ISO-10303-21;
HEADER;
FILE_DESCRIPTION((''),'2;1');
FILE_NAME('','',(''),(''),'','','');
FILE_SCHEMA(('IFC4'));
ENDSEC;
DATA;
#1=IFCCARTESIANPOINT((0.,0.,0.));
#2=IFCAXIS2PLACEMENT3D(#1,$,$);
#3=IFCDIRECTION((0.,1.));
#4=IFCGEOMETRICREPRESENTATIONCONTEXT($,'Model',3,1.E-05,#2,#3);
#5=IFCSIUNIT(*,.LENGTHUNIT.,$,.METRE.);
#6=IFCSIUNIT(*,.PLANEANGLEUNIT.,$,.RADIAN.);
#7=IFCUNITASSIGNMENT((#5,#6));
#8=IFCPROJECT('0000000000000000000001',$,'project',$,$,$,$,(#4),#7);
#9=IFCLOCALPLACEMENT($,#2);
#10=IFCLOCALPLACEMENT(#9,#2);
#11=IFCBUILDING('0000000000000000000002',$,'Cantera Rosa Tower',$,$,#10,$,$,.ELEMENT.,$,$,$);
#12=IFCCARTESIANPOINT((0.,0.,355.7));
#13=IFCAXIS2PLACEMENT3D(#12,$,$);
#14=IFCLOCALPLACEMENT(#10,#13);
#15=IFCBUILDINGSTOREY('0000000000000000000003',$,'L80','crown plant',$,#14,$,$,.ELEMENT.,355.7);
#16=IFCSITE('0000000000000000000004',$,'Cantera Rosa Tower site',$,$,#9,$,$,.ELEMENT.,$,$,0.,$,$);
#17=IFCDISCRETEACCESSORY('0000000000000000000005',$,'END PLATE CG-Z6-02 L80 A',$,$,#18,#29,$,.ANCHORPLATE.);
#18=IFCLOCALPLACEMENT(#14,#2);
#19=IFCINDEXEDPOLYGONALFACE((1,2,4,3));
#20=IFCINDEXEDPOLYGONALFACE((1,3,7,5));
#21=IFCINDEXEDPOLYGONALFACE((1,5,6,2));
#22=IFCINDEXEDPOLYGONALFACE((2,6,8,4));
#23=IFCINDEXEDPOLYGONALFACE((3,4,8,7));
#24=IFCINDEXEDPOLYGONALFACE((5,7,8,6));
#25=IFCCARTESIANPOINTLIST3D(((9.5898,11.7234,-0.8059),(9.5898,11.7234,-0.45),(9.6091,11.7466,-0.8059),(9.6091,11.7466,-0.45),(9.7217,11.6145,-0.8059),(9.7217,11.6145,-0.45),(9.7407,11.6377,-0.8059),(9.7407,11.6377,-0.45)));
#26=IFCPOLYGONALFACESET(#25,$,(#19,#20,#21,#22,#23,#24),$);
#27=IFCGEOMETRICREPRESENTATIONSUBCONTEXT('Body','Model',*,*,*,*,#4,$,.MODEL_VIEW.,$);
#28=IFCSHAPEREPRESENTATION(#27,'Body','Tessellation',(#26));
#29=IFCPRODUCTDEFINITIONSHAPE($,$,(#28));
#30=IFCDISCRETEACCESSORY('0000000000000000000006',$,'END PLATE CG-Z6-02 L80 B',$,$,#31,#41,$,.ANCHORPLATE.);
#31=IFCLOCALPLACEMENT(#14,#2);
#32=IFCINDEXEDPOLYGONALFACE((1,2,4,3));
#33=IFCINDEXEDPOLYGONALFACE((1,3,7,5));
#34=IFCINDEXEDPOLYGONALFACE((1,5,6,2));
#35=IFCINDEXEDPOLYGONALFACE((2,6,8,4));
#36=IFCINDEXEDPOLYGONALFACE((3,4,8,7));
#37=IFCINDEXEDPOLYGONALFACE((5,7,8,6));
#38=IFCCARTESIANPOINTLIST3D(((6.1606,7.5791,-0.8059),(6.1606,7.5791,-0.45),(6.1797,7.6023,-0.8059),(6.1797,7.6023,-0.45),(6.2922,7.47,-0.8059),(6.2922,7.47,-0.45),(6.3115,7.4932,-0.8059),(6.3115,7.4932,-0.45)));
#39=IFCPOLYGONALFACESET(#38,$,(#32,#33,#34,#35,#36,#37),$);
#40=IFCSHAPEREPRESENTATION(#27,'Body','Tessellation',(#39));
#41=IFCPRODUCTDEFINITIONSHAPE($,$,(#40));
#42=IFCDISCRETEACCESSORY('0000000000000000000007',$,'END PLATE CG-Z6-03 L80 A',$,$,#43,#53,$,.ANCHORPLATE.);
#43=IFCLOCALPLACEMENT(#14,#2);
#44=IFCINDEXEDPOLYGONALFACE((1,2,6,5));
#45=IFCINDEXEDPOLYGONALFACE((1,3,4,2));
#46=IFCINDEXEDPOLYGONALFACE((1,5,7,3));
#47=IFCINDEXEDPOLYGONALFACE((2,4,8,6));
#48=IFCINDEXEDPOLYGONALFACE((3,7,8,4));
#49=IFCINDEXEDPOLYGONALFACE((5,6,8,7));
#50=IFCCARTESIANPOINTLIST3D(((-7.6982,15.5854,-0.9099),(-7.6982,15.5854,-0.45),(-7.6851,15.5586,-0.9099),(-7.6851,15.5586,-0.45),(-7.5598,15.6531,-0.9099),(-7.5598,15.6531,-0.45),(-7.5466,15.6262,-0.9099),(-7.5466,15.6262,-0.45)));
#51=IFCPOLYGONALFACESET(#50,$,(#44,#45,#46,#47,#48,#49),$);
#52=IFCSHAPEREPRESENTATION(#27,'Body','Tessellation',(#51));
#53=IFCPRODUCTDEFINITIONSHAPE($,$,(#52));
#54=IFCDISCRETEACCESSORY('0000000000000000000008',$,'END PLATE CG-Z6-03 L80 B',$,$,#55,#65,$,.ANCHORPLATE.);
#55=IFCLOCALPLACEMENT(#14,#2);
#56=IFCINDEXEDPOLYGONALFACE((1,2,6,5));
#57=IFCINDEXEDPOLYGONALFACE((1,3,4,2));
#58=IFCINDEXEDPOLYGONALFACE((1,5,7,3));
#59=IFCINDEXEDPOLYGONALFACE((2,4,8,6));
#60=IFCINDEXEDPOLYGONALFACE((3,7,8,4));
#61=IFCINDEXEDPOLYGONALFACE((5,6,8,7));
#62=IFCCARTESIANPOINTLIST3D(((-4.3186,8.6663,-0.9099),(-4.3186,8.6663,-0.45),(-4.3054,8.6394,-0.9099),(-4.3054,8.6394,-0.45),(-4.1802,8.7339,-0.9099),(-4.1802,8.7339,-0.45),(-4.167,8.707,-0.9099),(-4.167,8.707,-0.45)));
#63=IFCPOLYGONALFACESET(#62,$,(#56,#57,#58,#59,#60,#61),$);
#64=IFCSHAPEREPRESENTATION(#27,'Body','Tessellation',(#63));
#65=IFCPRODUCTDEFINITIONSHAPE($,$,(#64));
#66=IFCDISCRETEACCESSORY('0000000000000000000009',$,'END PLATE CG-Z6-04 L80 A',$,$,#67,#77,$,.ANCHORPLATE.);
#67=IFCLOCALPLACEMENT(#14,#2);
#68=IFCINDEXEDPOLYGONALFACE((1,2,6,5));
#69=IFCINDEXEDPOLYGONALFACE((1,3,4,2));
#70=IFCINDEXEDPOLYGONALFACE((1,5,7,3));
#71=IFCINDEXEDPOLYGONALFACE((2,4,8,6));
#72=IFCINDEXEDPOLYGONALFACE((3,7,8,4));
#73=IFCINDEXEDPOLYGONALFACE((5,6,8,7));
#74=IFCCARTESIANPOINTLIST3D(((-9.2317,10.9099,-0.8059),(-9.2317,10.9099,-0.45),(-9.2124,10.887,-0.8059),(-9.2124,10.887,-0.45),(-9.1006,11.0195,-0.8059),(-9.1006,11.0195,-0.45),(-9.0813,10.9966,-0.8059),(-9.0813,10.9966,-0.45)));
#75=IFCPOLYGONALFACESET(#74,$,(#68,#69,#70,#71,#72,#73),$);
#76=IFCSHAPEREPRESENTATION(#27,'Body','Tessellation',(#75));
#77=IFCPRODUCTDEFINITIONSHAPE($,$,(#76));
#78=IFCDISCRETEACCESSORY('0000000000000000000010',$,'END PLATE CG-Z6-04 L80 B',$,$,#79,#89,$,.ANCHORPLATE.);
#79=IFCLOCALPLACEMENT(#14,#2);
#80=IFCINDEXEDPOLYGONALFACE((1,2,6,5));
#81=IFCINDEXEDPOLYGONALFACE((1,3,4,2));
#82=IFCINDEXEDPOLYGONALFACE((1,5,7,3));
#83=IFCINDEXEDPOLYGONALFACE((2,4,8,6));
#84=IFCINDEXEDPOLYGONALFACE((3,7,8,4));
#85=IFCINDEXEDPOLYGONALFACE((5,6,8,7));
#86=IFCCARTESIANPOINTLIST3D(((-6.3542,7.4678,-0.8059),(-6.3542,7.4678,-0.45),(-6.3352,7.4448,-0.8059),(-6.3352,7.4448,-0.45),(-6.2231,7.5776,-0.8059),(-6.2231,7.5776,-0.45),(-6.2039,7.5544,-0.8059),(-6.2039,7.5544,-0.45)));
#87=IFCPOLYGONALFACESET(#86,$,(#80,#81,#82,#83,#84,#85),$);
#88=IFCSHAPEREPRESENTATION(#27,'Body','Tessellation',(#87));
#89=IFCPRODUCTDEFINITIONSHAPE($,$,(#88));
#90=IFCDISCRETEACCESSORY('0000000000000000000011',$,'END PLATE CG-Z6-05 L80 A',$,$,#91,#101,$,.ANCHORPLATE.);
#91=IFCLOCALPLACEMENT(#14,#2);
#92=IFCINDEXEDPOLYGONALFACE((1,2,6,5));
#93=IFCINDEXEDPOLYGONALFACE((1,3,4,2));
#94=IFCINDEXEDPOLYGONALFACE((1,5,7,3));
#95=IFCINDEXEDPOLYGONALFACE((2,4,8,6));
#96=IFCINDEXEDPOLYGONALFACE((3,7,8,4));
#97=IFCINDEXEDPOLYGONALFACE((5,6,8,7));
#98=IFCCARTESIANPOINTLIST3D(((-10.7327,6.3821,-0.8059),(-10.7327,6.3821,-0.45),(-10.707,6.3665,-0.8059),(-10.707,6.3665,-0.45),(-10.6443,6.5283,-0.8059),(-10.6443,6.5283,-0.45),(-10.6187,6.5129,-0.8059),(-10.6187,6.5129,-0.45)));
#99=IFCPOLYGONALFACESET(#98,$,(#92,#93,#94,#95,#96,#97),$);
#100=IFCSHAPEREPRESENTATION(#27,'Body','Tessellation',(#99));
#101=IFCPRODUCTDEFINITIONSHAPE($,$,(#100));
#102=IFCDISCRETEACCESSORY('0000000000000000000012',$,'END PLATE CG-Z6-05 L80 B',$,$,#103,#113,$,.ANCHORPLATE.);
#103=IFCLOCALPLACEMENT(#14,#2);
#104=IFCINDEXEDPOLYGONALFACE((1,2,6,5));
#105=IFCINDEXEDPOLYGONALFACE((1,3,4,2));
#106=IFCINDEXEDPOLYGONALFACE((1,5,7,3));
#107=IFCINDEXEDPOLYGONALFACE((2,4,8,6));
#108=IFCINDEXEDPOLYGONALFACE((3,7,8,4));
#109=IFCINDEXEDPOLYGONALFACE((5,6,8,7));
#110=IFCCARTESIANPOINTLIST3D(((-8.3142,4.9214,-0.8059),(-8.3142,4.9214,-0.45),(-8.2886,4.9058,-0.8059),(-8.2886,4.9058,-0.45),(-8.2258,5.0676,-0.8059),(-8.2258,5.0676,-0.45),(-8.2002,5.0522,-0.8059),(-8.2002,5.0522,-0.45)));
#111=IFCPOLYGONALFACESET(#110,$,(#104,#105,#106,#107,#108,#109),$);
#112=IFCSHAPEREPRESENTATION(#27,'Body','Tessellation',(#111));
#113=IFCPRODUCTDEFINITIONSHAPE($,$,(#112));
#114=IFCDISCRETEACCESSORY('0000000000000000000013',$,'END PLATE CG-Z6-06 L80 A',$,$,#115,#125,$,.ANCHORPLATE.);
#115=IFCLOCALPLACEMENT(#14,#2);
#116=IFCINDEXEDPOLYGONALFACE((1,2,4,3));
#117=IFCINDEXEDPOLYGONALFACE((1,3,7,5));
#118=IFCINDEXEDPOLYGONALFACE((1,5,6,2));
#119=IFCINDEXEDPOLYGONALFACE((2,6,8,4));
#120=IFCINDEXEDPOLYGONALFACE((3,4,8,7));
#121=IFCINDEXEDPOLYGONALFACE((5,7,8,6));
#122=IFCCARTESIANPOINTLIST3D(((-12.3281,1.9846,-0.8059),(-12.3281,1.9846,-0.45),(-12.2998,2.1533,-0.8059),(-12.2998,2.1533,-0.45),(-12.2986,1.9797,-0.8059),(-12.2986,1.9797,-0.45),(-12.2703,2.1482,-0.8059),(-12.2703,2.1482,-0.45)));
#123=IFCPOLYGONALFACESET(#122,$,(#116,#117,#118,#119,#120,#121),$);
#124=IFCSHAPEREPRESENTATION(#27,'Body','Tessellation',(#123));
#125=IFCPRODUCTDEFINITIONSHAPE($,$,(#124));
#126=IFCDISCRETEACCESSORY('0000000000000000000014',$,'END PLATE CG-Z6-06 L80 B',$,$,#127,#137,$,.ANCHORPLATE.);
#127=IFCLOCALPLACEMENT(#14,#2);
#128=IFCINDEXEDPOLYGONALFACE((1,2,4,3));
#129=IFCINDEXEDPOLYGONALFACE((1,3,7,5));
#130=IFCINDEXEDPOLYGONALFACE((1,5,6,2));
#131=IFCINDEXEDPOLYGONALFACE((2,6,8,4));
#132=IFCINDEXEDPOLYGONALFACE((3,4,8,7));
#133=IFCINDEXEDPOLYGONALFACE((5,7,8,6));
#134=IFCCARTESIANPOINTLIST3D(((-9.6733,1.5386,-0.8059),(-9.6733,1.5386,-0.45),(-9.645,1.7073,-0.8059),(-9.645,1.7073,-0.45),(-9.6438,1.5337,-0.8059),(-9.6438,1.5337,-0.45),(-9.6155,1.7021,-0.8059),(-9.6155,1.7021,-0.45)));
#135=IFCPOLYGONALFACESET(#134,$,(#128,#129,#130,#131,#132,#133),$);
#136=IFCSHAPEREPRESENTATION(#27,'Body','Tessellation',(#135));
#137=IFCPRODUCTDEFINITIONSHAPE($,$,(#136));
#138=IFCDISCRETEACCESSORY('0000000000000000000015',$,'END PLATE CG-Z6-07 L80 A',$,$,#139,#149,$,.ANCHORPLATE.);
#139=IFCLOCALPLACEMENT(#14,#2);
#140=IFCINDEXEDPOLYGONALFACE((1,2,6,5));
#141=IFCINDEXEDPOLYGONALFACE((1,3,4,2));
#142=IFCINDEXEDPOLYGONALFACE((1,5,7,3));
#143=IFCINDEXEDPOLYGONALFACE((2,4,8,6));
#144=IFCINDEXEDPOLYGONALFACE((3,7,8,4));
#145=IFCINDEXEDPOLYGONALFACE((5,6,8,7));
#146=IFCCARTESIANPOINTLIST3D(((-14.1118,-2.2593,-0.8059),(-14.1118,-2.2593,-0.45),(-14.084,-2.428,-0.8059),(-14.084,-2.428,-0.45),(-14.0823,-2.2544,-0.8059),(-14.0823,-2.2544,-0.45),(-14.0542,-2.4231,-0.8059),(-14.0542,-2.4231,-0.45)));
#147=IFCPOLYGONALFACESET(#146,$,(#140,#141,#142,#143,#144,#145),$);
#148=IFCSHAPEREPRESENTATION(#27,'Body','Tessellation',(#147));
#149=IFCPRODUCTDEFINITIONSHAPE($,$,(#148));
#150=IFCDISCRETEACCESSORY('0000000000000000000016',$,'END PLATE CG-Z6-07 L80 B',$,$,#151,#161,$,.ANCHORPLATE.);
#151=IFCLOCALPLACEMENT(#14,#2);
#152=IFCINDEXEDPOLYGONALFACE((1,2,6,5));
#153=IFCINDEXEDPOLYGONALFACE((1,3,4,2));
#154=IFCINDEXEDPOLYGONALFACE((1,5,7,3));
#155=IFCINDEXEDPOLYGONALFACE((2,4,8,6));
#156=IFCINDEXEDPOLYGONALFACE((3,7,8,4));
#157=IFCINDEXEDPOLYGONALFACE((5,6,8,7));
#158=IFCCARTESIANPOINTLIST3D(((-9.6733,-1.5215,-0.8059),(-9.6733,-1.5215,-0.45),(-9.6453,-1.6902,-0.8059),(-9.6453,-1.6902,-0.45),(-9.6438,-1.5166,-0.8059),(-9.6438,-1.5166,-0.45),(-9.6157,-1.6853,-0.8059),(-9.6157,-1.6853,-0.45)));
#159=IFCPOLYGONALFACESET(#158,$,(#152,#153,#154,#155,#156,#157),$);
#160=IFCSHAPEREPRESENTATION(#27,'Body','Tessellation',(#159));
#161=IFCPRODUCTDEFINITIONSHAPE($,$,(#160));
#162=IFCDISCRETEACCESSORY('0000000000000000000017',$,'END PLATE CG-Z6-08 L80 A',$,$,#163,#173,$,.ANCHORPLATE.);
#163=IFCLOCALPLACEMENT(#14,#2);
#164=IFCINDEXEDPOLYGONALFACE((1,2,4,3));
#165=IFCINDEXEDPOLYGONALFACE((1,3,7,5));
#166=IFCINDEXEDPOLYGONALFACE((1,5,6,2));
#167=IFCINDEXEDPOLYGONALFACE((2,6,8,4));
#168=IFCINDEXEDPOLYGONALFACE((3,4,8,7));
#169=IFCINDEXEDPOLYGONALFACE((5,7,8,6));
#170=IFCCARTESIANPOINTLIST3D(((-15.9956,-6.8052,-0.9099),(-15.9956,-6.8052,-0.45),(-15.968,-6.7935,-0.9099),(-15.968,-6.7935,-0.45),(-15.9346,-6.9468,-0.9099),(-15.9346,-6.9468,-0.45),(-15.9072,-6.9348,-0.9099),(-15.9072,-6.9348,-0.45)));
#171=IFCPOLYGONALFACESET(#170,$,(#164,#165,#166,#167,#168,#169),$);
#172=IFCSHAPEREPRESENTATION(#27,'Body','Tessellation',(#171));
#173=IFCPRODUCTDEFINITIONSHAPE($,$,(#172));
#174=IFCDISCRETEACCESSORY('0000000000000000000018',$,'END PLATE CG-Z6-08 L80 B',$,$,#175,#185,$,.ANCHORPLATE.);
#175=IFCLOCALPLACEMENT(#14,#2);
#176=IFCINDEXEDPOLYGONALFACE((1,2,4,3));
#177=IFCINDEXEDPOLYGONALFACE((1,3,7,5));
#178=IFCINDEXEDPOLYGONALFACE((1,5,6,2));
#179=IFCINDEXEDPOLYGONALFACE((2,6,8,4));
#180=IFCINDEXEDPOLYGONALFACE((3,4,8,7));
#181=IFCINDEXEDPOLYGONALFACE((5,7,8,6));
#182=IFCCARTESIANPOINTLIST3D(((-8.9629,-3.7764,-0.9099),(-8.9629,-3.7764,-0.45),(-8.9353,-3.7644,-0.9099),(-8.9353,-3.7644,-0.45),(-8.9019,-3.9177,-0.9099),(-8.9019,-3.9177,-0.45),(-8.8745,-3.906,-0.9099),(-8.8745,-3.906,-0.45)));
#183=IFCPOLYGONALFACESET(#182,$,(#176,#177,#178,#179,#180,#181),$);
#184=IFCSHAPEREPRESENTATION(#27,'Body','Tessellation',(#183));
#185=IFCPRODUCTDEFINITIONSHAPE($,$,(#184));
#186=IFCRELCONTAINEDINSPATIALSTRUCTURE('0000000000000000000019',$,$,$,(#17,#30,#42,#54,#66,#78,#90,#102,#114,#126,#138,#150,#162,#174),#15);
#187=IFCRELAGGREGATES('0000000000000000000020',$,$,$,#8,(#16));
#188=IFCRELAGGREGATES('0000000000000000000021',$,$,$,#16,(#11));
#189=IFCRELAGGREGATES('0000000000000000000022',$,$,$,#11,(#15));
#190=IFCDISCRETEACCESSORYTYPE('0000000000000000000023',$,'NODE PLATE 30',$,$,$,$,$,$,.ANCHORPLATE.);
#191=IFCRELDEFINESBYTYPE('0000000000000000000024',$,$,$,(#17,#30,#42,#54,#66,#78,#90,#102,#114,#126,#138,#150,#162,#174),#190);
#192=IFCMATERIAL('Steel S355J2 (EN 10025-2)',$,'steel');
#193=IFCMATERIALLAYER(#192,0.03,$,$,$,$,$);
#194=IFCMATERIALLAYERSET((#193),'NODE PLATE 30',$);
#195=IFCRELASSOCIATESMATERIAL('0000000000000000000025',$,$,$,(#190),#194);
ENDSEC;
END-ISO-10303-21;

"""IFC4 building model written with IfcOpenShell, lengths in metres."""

from ifc_helpers import new_model, si_unit, direction, frame, origin, place, context, subcontext, project, spatial, polyline, outline, extrude, material, layer, layer_set, type_object, element, save


model = new_model("IFC4")

# Units and contexts
model_context = context("Model", 3, precision=1e-05, world=origin(), true_north=direction((0.0, 1.0)))
body_context = subcontext(model_context, "Body", "Model", "MODEL_VIEW")
ifc_project = project(units=[si_unit("LENGTHUNIT", "METRE"), si_unit("PLANEANGLEUNIT", "RADIAN")], contexts=[model_context])

# Site, building, storey
site_placement = place(None, origin())
site = spatial("IfcSite", under=ifc_project, at=site_placement, Name="Cantera Rosa Tower site", CompositionType="ELEMENT", RefElevation=0.0)
building_placement = place(site_placement, origin())
building = spatial("IfcBuilding", under=site, at=building_placement, Name="Cantera Rosa Tower", CompositionType="ELEMENT")
storey_placement = place(building_placement, frame((0.0, 0.0, 355.7)))
storey = spatial("IfcBuildingStorey", under=building, at=storey_placement, Name="L80", Description="crown plant", CompositionType="ELEMENT", Elevation=355.7)

# Discrete accessories
ifc_material_1 = material(Name="Steel S355J2 (EN 10025-2)", Category="steel")
ifc_layer_1 = layer(ifc_material_1, 0.03)
ifc_layer_set_1 = layer_set([ifc_layer_1], Name="NODE PLATE 30")
discrete_accessory_type = type_object("IfcDiscreteAccessoryType", Name="NODE PLATE 30", PredefinedType="ANCHORPLATE", material=ifc_layer_set_1)
discrete_accessory_1_placement = place(storey_placement, frame((0.0, 0.0, -0.8059)))
element("IfcDiscreteAccessory", 1, at=discrete_accessory_1_placement, inside=storey, type_object=discrete_accessory_type, Name="END PLATE CG-Z6-02 L80 A", PredefinedType="ANCHORPLATE", context=body_context, shape_type="SweptSolid", body=[
    extrude(outline(polyline([(9.5898, 11.7234), (9.6091, 11.7466), (9.7407, 11.6377), (9.7217, 11.6145), (9.5898, 11.7234)])), origin(), (0.0, 0.0, 1.0), 0.356),
])
discrete_accessory_2_placement = place(storey_placement, frame((0.0, 0.0, -0.8059)))
element("IfcDiscreteAccessory", 2, at=discrete_accessory_2_placement, inside=storey, type_object=discrete_accessory_type, Name="END PLATE CG-Z6-02 L80 B", PredefinedType="ANCHORPLATE", context=body_context, shape_type="SweptSolid", body=[
    extrude(outline(polyline([(6.3115, 7.4932), (6.2922, 7.47), (6.1606, 7.5791), (6.1797, 7.6023), (6.3115, 7.4932)])), origin(), (0.0, 0.0, 1.0), 0.356),
])
discrete_accessory_3_placement = place(storey_placement, frame((0.0, 0.0, -0.9099)))
element("IfcDiscreteAccessory", 3, at=discrete_accessory_3_placement, inside=storey, type_object=discrete_accessory_type, Name="END PLATE CG-Z6-03 L80 A", PredefinedType="ANCHORPLATE", context=body_context, shape_type="SweptSolid", body=[
    extrude(outline(polyline([(-7.6851, 15.5586), (-7.6982, 15.5854), (-7.5598, 15.6531), (-7.5466, 15.6262), (-7.6851, 15.5586)])), origin(), (0.0, 0.0, 1.0), 0.46),
])
discrete_accessory_4_placement = place(storey_placement, frame((0.0, 0.0, -0.9099)))
element("IfcDiscreteAccessory", 4, at=discrete_accessory_4_placement, inside=storey, type_object=discrete_accessory_type, Name="END PLATE CG-Z6-03 L80 B", PredefinedType="ANCHORPLATE", context=body_context, shape_type="SweptSolid", body=[
    extrude(outline(polyline([(-4.1802, 8.7339), (-4.167, 8.707), (-4.3054, 8.6394), (-4.3186, 8.6663), (-4.1802, 8.7339)])), origin(), (0.0, 0.0, 1.0), 0.46),
])
discrete_accessory_5_placement = place(storey_placement, frame((0.0, 0.0, -0.8059)))
element("IfcDiscreteAccessory", 5, at=discrete_accessory_5_placement, inside=storey, type_object=discrete_accessory_type, Name="END PLATE CG-Z6-04 L80 A", PredefinedType="ANCHORPLATE", context=body_context, shape_type="SweptSolid", body=[
    extrude(outline(polyline([(-9.2124, 10.887), (-9.2317, 10.9099), (-9.1006, 11.0195), (-9.0813, 10.9966), (-9.2124, 10.887)])), origin(), (0.0, 0.0, 1.0), 0.356),
])
discrete_accessory_6_placement = place(storey_placement, frame((0.0, 0.0, -0.8059)))
element("IfcDiscreteAccessory", 6, at=discrete_accessory_6_placement, inside=storey, type_object=discrete_accessory_type, Name="END PLATE CG-Z6-04 L80 B", PredefinedType="ANCHORPLATE", context=body_context, shape_type="SweptSolid", body=[
    extrude(outline(polyline([(-6.2231, 7.5776), (-6.2039, 7.5544), (-6.3352, 7.4448), (-6.3542, 7.4678), (-6.2231, 7.5776)])), origin(), (0.0, 0.0, 1.0), 0.356),
])
discrete_accessory_7_placement = place(storey_placement, frame((0.0, 0.0, -0.8059)))
element("IfcDiscreteAccessory", 7, at=discrete_accessory_7_placement, inside=storey, type_object=discrete_accessory_type, Name="END PLATE CG-Z6-05 L80 A", PredefinedType="ANCHORPLATE", context=body_context, shape_type="SweptSolid", body=[
    extrude(outline(polyline([(-10.707, 6.3665), (-10.7327, 6.3821), (-10.6443, 6.5283), (-10.6187, 6.5129), (-10.707, 6.3665)])), origin(), (0.0, 0.0, 1.0), 0.356),
])
discrete_accessory_8_placement = place(storey_placement, frame((0.0, 0.0, -0.8059)))
element("IfcDiscreteAccessory", 8, at=discrete_accessory_8_placement, inside=storey, type_object=discrete_accessory_type, Name="END PLATE CG-Z6-05 L80 B", PredefinedType="ANCHORPLATE", context=body_context, shape_type="SweptSolid", body=[
    extrude(outline(polyline([(-8.2258, 5.0676), (-8.2002, 5.0522), (-8.2886, 4.9058), (-8.3142, 4.9214), (-8.2258, 5.0676)])), origin(), (0.0, 0.0, 1.0), 0.356),
])
discrete_accessory_9_placement = place(storey_placement, frame((0.0, 0.0, -0.8059)))
element("IfcDiscreteAccessory", 9, at=discrete_accessory_9_placement, inside=storey, type_object=discrete_accessory_type, Name="END PLATE CG-Z6-06 L80 A", PredefinedType="ANCHORPLATE", context=body_context, shape_type="SweptSolid", body=[
    extrude(outline(polyline([(-12.2986, 1.9797), (-12.3281, 1.9846), (-12.2998, 2.1533), (-12.2703, 2.1482), (-12.2986, 1.9797)])), origin(), (0.0, 0.0, 1.0), 0.356),
])
discrete_accessory_10_placement = place(storey_placement, frame((0.0, 0.0, -0.8059)))
element("IfcDiscreteAccessory", 10, at=discrete_accessory_10_placement, inside=storey, type_object=discrete_accessory_type, Name="END PLATE CG-Z6-06 L80 B", PredefinedType="ANCHORPLATE", context=body_context, shape_type="SweptSolid", body=[
    extrude(outline(polyline([(-9.645, 1.7073), (-9.6155, 1.7021), (-9.6438, 1.5337), (-9.6733, 1.5386), (-9.645, 1.7073)])), origin(), (0.0, 0.0, 1.0), 0.356),
])
discrete_accessory_11_placement = place(storey_placement, frame((0.0, 0.0, -0.8059)))
element("IfcDiscreteAccessory", 11, at=discrete_accessory_11_placement, inside=storey, type_object=discrete_accessory_type, Name="END PLATE CG-Z6-07 L80 A", PredefinedType="ANCHORPLATE", context=body_context, shape_type="SweptSolid", body=[
    extrude(outline(polyline([(-14.0542, -2.4231), (-14.084, -2.428), (-14.1118, -2.2593), (-14.0823, -2.2544), (-14.0542, -2.4231)])), origin(), (0.0, 0.0, 1.0), 0.356),
])
discrete_accessory_12_placement = place(storey_placement, frame((0.0, 0.0, -0.8059)))
element("IfcDiscreteAccessory", 12, at=discrete_accessory_12_placement, inside=storey, type_object=discrete_accessory_type, Name="END PLATE CG-Z6-07 L80 B", PredefinedType="ANCHORPLATE", context=body_context, shape_type="SweptSolid", body=[
    extrude(outline(polyline([(-9.6733, -1.5215), (-9.6438, -1.5166), (-9.6157, -1.6853), (-9.6453, -1.6902), (-9.6733, -1.5215)])), origin(), (0.0, 0.0, 1.0), 0.356),
])
discrete_accessory_13_placement = place(storey_placement, frame((0.0, 0.0, -0.9099)))
element("IfcDiscreteAccessory", 13, at=discrete_accessory_13_placement, inside=storey, type_object=discrete_accessory_type, Name="END PLATE CG-Z6-08 L80 A", PredefinedType="ANCHORPLATE", context=body_context, shape_type="SweptSolid", body=[
    extrude(outline(polyline([(-15.9072, -6.9348), (-15.9346, -6.9468), (-15.9956, -6.8052), (-15.968, -6.7935), (-15.9072, -6.9348)])), origin(), (0.0, 0.0, 1.0), 0.46),
])
discrete_accessory_14_placement = place(storey_placement, frame((0.0, 0.0, -0.9099)))
element("IfcDiscreteAccessory", 14, at=discrete_accessory_14_placement, inside=storey, type_object=discrete_accessory_type, Name="END PLATE CG-Z6-08 L80 B", PredefinedType="ANCHORPLATE", context=body_context, shape_type="SweptSolid", body=[
    extrude(outline(polyline([(-8.9629, -3.7764), (-8.9353, -3.7644), (-8.8745, -3.906), (-8.9019, -3.9177), (-8.9629, -3.7764)])), origin(), (0.0, 0.0, 1.0), 0.46),
])

save(model, "model.ifc")
